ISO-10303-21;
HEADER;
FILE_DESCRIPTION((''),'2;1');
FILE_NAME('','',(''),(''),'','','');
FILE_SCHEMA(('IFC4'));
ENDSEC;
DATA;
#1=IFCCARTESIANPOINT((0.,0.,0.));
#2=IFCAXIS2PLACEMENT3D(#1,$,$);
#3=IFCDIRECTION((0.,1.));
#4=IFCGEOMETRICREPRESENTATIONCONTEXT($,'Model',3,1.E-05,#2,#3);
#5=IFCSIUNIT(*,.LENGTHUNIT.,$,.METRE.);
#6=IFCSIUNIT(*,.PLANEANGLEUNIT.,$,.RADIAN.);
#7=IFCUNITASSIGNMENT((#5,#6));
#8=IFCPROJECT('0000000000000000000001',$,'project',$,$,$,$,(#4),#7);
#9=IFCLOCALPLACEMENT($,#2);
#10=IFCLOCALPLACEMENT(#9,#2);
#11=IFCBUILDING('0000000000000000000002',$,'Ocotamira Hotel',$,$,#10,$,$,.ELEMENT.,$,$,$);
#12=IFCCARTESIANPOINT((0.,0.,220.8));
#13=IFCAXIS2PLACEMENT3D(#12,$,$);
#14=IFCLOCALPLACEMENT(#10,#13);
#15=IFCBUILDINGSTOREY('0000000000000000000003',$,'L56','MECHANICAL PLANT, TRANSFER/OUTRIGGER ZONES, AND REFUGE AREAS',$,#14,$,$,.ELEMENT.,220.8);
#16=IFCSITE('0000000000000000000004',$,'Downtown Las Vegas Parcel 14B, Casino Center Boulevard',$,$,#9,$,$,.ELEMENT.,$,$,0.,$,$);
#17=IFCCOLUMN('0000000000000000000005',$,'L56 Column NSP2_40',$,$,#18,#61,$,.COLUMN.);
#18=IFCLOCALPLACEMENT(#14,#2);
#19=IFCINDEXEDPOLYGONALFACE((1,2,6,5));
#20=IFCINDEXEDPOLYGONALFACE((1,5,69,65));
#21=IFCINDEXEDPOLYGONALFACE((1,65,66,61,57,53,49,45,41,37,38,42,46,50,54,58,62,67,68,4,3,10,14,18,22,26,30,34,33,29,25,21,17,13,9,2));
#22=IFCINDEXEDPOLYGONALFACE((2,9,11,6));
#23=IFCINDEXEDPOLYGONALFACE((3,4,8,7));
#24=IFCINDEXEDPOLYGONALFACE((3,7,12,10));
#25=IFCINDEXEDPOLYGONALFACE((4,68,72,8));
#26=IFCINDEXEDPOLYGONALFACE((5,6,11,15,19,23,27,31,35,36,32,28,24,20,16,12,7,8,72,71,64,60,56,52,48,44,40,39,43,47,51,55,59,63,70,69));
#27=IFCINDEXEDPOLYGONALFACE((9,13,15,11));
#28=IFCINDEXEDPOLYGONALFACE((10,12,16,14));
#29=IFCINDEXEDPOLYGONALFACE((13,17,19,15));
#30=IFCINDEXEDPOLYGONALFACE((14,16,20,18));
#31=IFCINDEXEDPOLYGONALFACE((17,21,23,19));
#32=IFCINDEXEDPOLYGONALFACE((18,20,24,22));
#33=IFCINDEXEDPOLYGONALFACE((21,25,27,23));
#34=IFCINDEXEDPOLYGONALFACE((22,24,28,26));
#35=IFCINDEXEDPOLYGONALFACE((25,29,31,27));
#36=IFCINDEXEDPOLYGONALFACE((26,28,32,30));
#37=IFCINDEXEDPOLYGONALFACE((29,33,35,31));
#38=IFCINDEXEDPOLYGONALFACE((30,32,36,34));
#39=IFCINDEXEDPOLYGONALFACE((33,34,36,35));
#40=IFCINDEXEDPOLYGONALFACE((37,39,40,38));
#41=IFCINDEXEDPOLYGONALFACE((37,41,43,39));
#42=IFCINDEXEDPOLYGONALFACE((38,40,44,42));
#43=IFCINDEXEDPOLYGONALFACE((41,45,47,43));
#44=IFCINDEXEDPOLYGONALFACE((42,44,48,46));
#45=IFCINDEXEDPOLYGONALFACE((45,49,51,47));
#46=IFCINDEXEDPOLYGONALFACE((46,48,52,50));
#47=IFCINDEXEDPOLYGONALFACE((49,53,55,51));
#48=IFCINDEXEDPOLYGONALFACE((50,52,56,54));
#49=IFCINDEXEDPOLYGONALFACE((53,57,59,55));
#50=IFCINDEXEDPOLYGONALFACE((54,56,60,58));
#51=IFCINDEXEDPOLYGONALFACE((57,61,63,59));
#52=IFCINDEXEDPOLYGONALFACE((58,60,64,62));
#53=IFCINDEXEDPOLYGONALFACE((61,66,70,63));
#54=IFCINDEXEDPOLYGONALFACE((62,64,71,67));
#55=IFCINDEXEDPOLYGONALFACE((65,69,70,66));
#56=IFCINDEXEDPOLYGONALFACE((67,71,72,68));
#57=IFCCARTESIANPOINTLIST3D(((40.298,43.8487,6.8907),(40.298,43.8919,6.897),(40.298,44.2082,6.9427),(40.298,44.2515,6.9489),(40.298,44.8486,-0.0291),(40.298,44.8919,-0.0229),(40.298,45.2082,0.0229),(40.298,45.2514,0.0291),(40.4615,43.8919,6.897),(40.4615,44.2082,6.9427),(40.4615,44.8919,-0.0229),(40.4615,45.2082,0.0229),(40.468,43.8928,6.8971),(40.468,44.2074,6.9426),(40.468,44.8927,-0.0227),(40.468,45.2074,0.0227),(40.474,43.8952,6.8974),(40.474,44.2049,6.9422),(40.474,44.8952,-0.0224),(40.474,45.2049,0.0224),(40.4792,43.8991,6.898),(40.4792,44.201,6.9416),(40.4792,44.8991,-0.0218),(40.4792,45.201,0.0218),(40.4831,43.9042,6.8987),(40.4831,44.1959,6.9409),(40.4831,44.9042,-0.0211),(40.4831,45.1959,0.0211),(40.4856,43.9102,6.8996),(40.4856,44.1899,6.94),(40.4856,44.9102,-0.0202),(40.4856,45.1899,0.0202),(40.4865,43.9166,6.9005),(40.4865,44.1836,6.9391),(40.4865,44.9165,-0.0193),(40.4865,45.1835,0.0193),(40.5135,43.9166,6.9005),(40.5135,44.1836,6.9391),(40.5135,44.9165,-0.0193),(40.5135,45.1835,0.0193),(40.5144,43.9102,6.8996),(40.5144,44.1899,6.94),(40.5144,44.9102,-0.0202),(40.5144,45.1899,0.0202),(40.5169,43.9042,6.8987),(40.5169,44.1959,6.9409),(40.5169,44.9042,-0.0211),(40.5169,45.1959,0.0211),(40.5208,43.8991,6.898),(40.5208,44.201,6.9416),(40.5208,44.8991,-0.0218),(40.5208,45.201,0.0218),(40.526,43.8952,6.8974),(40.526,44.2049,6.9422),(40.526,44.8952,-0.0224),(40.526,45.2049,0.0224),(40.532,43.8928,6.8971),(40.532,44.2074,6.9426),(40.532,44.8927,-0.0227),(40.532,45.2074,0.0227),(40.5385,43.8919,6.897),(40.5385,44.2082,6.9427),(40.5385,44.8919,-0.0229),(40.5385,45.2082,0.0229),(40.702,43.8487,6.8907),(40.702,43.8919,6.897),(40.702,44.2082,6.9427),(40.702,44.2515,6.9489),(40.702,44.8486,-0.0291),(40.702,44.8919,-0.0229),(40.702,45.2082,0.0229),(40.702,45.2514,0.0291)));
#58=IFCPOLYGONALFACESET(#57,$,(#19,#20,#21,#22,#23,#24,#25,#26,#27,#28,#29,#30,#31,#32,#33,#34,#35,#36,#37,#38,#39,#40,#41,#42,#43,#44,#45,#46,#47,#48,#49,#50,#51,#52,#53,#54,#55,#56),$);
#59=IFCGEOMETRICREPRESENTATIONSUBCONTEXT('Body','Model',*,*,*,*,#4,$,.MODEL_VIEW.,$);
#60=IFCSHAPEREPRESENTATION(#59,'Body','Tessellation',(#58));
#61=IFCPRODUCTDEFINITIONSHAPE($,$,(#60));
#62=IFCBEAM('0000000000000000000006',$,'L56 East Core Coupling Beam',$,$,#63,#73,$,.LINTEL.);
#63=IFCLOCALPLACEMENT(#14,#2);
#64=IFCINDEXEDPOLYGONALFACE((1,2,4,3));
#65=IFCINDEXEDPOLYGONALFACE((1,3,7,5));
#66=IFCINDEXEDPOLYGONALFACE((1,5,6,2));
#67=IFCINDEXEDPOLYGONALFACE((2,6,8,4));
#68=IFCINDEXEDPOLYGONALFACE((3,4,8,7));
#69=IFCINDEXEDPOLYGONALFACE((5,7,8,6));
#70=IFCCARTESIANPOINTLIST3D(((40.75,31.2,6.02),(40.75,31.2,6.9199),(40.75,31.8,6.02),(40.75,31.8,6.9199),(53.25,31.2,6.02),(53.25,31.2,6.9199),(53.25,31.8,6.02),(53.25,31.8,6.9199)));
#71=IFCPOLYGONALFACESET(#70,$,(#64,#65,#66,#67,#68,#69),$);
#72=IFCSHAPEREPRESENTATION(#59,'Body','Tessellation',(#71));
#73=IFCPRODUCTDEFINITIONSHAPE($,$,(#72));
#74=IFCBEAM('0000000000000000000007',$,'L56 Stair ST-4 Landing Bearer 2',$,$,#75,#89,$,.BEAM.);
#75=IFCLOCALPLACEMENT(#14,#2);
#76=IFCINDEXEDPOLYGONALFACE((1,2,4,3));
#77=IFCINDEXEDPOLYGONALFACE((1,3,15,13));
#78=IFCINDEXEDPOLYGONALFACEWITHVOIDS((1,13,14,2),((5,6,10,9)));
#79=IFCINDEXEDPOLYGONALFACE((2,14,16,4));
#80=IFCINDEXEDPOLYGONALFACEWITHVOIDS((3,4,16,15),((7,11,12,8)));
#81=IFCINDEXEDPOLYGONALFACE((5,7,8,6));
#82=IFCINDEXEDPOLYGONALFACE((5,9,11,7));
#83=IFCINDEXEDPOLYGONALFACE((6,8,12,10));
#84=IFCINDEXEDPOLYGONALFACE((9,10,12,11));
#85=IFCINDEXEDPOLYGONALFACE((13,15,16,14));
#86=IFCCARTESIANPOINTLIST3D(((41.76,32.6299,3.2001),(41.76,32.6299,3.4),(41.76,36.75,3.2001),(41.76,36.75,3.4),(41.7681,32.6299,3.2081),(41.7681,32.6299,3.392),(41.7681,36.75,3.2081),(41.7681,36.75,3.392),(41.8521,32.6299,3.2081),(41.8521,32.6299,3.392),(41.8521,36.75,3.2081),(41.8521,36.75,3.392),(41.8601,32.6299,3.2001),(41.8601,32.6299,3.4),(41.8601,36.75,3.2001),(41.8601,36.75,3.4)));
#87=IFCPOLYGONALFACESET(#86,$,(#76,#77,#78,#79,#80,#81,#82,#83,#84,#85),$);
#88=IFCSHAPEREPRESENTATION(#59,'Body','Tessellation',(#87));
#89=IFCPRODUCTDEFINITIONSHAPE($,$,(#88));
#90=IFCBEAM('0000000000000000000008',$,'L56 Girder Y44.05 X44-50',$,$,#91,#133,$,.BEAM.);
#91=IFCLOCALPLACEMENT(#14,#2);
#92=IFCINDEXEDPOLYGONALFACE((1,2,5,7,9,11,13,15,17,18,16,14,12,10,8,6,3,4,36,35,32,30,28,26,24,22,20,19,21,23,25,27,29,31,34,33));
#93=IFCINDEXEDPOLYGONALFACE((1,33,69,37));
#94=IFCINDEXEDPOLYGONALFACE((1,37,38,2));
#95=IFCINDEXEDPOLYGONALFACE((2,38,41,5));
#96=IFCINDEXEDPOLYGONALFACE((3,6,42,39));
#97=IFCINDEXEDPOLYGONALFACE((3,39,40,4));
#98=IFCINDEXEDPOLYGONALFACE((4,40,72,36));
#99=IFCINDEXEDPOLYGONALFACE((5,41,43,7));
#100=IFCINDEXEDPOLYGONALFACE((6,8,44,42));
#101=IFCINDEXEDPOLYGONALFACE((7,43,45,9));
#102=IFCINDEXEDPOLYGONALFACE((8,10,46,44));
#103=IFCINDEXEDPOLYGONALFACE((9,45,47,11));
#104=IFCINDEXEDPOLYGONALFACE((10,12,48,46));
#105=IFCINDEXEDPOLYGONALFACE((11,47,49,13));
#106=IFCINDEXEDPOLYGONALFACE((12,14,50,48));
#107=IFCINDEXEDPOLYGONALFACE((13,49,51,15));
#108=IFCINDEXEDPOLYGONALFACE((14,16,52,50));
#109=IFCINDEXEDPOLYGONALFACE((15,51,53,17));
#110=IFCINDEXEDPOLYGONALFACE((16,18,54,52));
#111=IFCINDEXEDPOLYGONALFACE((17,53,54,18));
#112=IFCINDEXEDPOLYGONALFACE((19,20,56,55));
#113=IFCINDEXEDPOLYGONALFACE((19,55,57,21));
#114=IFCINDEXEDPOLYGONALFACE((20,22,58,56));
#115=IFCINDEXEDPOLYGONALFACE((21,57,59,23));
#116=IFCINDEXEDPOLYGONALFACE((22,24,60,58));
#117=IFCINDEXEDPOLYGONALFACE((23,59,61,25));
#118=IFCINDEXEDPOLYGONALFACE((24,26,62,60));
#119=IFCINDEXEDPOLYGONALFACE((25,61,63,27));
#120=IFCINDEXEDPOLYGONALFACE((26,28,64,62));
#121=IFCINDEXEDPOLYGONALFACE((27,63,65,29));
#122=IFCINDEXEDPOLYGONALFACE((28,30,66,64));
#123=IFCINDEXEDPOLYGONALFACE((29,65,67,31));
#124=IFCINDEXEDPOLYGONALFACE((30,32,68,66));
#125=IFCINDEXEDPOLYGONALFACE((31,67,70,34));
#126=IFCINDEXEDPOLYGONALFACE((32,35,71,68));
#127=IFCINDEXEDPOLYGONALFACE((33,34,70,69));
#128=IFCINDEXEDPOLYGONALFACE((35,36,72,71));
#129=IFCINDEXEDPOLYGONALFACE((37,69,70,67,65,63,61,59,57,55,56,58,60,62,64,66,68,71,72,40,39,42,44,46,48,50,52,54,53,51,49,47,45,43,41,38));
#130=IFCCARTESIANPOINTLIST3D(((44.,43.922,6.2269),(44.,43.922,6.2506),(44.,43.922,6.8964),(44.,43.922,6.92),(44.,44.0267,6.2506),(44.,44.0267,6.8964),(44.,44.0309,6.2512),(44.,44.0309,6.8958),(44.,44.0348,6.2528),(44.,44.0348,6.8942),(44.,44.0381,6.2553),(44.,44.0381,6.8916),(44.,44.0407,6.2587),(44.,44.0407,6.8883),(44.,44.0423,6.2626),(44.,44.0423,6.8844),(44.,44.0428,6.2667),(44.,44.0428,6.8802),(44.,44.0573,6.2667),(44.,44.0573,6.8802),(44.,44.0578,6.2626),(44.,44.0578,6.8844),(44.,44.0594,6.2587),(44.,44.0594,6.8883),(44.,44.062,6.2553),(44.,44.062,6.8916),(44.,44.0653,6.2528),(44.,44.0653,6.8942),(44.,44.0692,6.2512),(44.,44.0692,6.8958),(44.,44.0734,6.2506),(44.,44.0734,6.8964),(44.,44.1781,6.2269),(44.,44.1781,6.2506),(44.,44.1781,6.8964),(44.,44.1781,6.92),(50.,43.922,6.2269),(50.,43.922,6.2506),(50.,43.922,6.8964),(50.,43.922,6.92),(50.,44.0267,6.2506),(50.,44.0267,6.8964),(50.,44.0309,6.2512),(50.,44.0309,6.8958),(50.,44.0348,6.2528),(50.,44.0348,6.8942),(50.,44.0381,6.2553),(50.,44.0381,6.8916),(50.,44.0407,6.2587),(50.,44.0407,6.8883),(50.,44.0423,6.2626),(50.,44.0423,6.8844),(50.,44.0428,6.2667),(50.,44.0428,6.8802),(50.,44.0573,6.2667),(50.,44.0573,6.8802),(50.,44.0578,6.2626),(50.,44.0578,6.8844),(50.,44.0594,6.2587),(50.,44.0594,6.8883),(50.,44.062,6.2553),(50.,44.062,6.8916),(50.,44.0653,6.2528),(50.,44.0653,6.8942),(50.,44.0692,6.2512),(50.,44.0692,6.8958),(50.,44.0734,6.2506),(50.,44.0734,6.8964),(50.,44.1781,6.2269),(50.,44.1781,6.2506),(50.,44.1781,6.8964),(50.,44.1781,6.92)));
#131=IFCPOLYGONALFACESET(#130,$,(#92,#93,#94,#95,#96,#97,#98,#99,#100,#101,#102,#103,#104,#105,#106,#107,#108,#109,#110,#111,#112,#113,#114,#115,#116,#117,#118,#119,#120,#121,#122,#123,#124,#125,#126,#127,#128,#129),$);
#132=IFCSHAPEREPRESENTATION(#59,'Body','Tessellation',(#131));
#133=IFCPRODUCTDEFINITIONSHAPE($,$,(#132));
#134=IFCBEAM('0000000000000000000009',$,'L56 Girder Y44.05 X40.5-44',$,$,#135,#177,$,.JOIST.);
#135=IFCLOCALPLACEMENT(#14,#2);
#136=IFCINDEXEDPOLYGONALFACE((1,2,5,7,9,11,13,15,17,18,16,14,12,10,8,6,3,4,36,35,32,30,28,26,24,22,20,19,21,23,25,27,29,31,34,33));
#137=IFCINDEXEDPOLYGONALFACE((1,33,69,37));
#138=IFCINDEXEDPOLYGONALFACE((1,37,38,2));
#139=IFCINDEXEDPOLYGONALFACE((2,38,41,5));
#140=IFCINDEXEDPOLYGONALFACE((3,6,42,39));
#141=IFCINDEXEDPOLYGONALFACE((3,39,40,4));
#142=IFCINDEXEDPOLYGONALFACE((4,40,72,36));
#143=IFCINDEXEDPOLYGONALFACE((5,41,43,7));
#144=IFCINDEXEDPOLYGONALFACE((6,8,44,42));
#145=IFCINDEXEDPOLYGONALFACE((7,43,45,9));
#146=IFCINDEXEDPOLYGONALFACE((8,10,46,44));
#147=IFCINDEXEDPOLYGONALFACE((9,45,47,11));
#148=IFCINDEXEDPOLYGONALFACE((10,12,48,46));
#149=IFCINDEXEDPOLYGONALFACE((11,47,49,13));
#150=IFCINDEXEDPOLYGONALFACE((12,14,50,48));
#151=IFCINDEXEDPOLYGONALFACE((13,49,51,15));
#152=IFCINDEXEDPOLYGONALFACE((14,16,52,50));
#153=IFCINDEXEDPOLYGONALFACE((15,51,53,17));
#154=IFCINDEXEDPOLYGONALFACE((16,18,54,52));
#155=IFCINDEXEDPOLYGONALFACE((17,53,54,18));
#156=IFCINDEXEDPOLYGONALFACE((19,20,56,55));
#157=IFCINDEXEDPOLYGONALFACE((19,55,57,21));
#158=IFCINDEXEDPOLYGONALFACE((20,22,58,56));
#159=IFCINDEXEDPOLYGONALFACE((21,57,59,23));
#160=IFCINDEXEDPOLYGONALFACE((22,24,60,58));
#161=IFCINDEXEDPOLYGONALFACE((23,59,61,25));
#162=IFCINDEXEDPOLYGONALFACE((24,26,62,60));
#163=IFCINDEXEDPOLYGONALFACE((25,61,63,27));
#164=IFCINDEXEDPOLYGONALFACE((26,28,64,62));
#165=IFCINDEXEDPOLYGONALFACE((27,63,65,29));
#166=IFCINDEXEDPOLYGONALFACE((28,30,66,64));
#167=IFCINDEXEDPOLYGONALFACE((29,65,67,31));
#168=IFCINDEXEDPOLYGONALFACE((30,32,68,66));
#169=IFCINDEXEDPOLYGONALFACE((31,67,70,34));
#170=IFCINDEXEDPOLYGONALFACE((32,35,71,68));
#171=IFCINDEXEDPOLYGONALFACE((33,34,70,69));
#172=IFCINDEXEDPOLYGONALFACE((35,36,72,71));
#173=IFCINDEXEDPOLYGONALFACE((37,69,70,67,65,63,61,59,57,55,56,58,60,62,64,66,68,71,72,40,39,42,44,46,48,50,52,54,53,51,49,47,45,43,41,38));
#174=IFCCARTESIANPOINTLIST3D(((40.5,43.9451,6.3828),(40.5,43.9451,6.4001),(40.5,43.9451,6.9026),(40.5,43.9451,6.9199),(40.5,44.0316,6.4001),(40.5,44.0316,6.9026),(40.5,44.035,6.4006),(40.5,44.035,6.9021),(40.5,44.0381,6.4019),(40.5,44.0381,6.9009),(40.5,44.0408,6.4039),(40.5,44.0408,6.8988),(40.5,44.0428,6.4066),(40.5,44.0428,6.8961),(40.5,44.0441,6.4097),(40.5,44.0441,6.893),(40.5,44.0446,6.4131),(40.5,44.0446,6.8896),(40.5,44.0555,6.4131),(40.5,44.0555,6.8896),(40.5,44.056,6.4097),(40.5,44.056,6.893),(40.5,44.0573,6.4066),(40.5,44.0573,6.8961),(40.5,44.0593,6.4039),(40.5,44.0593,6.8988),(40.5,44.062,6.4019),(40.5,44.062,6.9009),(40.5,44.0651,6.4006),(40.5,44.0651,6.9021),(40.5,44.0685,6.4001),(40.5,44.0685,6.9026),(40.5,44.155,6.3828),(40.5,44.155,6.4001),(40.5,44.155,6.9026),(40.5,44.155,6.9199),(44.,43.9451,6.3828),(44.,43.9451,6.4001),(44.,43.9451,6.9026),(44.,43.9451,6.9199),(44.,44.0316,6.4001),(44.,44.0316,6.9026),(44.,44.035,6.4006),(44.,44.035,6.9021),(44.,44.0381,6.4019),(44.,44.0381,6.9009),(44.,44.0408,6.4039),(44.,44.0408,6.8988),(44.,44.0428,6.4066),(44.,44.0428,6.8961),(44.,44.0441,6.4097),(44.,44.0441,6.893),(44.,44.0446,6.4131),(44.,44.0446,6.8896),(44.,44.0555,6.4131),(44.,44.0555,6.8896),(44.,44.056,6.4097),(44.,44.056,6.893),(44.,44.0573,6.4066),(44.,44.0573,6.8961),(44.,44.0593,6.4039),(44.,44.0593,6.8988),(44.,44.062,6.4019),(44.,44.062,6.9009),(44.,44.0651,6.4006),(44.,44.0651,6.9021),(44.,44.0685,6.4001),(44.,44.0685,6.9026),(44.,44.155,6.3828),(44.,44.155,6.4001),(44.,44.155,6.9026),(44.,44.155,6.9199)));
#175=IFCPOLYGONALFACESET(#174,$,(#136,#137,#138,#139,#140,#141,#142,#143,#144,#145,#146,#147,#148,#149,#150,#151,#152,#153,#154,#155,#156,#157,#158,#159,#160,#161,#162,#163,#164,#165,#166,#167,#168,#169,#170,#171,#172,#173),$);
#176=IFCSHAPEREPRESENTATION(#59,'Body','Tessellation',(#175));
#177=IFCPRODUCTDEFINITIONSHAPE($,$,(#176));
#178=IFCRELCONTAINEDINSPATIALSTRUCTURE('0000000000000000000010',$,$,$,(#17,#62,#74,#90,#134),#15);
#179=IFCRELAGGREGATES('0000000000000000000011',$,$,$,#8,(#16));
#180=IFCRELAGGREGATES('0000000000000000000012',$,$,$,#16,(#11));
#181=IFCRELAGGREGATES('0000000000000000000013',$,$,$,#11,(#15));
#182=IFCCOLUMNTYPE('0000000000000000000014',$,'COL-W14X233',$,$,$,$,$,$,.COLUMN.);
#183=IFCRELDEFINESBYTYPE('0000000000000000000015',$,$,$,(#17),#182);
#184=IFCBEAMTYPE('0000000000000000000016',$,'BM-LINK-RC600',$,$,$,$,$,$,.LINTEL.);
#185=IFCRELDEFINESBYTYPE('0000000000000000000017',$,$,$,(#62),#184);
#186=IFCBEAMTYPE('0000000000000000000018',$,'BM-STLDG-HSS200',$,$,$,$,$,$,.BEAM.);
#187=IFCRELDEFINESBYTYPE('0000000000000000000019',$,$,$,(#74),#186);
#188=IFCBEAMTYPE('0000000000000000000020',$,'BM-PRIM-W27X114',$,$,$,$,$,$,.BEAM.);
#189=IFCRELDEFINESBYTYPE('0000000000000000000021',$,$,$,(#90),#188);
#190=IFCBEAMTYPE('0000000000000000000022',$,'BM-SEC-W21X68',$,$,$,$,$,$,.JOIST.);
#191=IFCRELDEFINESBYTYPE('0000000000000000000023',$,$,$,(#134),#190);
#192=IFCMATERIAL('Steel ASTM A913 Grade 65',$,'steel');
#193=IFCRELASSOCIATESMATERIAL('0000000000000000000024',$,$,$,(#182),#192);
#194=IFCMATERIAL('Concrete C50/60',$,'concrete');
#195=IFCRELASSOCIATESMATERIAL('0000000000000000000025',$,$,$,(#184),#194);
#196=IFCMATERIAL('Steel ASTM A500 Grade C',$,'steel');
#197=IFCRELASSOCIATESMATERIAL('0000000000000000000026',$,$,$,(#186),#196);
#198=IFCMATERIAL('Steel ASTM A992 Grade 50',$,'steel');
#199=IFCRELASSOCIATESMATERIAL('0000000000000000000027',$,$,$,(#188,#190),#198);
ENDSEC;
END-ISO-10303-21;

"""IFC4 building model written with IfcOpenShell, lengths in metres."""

from ifc_helpers import new_model, si_unit, direction, frame, origin, origin_2d, place, context, subcontext, project, spatial, rectangle, hollow_rectangle, i_section, extrude, source, transform, mapped, material, material_profile, profile_set, type_object, element, save


model = new_model("IFC4")

# Units and contexts
model_context = context("Model", 3, precision=1e-05, world=origin(), true_north=direction((0.0, 1.0)))
body_context = subcontext(model_context, "Body", "Model", "MODEL_VIEW")
ifc_project = project(units=[si_unit("LENGTHUNIT", "METRE"), si_unit("PLANEANGLEUNIT", "RADIAN")], contexts=[model_context])

# Site, building, storey
site_placement = place(None, origin())
site = spatial("IfcSite", under=ifc_project, at=site_placement, Name="Downtown Las Vegas Parcel 14B, Casino Center Boulevard", CompositionType="ELEMENT", RefElevation=0.0)
building_placement = place(site_placement, origin())
building = spatial("IfcBuilding", under=site, at=building_placement, Name="Ocotamira Hotel", CompositionType="ELEMENT")
storey_placement = place(building_placement, frame((0.0, 0.0, 220.8)))
storey = spatial("IfcBuildingStorey", under=building, at=storey_placement, Name="L56", Description="MECHANICAL PLANT, TRANSFER/OUTRIGGER ZONES, AND REFUGE AREAS", CompositionType="ELEMENT", Elevation=220.8)

# Column
ifc_material_1 = material(Name="Steel ASTM A913 Grade 65", Category="steel")
ifc_material_profile_1 = material_profile(ifc_material_1, i_section(OverallWidth=0.4041, OverallDepth=0.407, WebThickness=0.0271, FlangeThickness=0.0437, FilletRadius=0.0249, at=origin_2d()), Name="W14X233")
ifc_profile_set_1 = profile_set([ifc_material_profile_1], Name="Steel ASTM A913 Grade 65")
column_type = type_object("IfcColumnType", Name="COL-W14X233", PredefinedType="COLUMN", material=ifc_profile_set_1)
shared_shape_1 = source(origin(), body_context, "Body", "SweptSolid", [
    extrude(i_section(OverallWidth=0.4041, OverallDepth=0.407, WebThickness=0.0271, FlangeThickness=0.0437, FilletRadius=0.0249, at=origin_2d()), origin(), (0.0, 0.0, 1.0), 6.9917),
])
column_placement = place(storey_placement, frame((40.5, 45.05, 0.0), z_axis=(0.0, -0.143025, 0.989719), x_axis=(1.0, 0.0, 0.0)))
element("IfcColumn", 1, at=column_placement, inside=storey, type_object=column_type, Name="L56 Column NSP2_40", PredefinedType="COLUMN", context=body_context, shape_type="MappedRepresentation", body=[
    mapped(shared_shape_1, transform((0.0, 0.0, 0.0), scale=1.0)),
])

# Beams
ifc_material_2 = material(Name="Concrete C50/60", Category="concrete")
ifc_material_profile_2 = material_profile(ifc_material_2, rectangle(XDim=0.6001, YDim=0.8999, at=origin_2d()), Name="RC600X900")
ifc_profile_set_2 = profile_set([ifc_material_profile_2], Name="Concrete C50/60")
beam_type_1 = type_object("IfcBeamType", Name="BM-LINK-RC600", PredefinedType="LINTEL", material=ifc_profile_set_2)
shared_shape_2 = source(origin(), body_context, "Body", "SweptSolid", [
    extrude(rectangle(XDim=0.6001, YDim=0.8999, at=origin_2d()), origin(), (0.0, 0.0, 1.0), 12.5),
])
beam_1_placement = place(storey_placement, frame((40.75, 31.5, 6.47), z_axis=(1.0, 0.0, 0.0), x_axis=(0.0, 1.0, 0.0)))
element("IfcBeam", 2, at=beam_1_placement, inside=storey, type_object=beam_type_1, Name="L56 East Core Coupling Beam", PredefinedType="LINTEL", context=body_context, shape_type="MappedRepresentation", body=[
    mapped(shared_shape_2, transform((0.0, 0.0, 0.0), scale=1.0)),
])
ifc_material_3 = material(Name="Steel ASTM A500 Grade C", Category="steel")
ifc_material_profile_3 = material_profile(ifc_material_3, hollow_rectangle(XDim=0.1001, YDim=0.2, WallThickness=0.0081, at=origin_2d()), Name="HSS200X100X8")
ifc_profile_set_3 = profile_set([ifc_material_profile_3], Name="Steel ASTM A500 Grade C")
beam_type_2 = type_object("IfcBeamType", Name="BM-STLDG-HSS200", PredefinedType="BEAM", material=ifc_profile_set_3)
shared_shape_3 = source(origin(), body_context, "Body", "SweptSolid", [
    extrude(hollow_rectangle(XDim=0.1001, YDim=0.2, WallThickness=0.0081, at=origin_2d()), origin(), (0.0, 0.0, 1.0), 4.1201),
])
beam_2_placement = place(storey_placement, frame((41.8101, 32.6299, 3.3), z_axis=(0.0, 1.0, 0.0), x_axis=(-1.0, 0.0, 0.0)))
element("IfcBeam", 3, at=beam_2_placement, inside=storey, type_object=beam_type_2, Name="L56 Stair ST-4 Landing Bearer 2", PredefinedType="BEAM", context=body_context, shape_type="MappedRepresentation", body=[
    mapped(shared_shape_3, transform((0.0, 0.0, 0.0), scale=1.0)),
])
ifc_material_4 = material(Name="Steel ASTM A992 Grade 50", Category="steel")
ifc_material_profile_4 = material_profile(ifc_material_4, i_section(OverallWidth=0.2561, OverallDepth=0.6931, WebThickness=0.0144, FlangeThickness=0.0237, FilletRadius=0.0161, at=origin_2d()), Name="W27X114")
ifc_profile_set_4 = profile_set([ifc_material_profile_4], Name="Steel ASTM A992 Grade 50")
beam_type_3 = type_object("IfcBeamType", Name="BM-PRIM-W27X114", PredefinedType="BEAM", material=ifc_profile_set_4)
shared_shape_4 = source(origin(), body_context, "Body", "SweptSolid", [
    extrude(i_section(OverallWidth=0.2561, OverallDepth=0.6931, WebThickness=0.0144, FlangeThickness=0.0237, FilletRadius=0.0161, at=origin_2d()), origin(), (0.0, 0.0, 1.0), 6.0),
])
beam_3_placement = place(storey_placement, frame((44.0, 44.05, 6.5735), z_axis=(1.0, 0.0, 0.0), x_axis=(0.0, 1.0, 0.0)))
element("IfcBeam", 4, at=beam_3_placement, inside=storey, type_object=beam_type_3, Name="L56 Girder Y44.05 X44-50", PredefinedType="BEAM", context=body_context, shape_type="MappedRepresentation", body=[
    mapped(shared_shape_4, transform((0.0, 0.0, 0.0), scale=1.0)),
])
ifc_material_profile_5 = material_profile(ifc_material_4, i_section(OverallWidth=0.21, OverallDepth=0.5371, WebThickness=0.011, FlangeThickness=0.0173, FilletRadius=0.0129, at=origin_2d()), Name="W21X68")
ifc_profile_set_5 = profile_set([ifc_material_profile_5], Name="Steel ASTM A992 Grade 50")
beam_type_4 = type_object("IfcBeamType", Name="BM-SEC-W21X68", PredefinedType="JOIST", material=ifc_profile_set_5)
shared_shape_5 = source(origin(), body_context, "Body", "SweptSolid", [
    extrude(i_section(OverallWidth=0.21, OverallDepth=0.5371, WebThickness=0.011, FlangeThickness=0.0173, FilletRadius=0.0129, at=origin_2d()), origin(), (0.0, 0.0, 1.0), 3.5),
])
beam_4_placement = place(storey_placement, frame((40.5, 44.05, 6.6514), z_axis=(1.0, 0.0, 0.0), x_axis=(0.0, 1.0, 0.0)))
element("IfcBeam", 5, at=beam_4_placement, inside=storey, type_object=beam_type_4, Name="L56 Girder Y44.05 X40.5-44", PredefinedType="JOIST", context=body_context, shape_type="MappedRepresentation", body=[
    mapped(shared_shape_5, transform((0.0, 0.0, 0.0), scale=1.0)),
])

save(model, "model.ifc")
